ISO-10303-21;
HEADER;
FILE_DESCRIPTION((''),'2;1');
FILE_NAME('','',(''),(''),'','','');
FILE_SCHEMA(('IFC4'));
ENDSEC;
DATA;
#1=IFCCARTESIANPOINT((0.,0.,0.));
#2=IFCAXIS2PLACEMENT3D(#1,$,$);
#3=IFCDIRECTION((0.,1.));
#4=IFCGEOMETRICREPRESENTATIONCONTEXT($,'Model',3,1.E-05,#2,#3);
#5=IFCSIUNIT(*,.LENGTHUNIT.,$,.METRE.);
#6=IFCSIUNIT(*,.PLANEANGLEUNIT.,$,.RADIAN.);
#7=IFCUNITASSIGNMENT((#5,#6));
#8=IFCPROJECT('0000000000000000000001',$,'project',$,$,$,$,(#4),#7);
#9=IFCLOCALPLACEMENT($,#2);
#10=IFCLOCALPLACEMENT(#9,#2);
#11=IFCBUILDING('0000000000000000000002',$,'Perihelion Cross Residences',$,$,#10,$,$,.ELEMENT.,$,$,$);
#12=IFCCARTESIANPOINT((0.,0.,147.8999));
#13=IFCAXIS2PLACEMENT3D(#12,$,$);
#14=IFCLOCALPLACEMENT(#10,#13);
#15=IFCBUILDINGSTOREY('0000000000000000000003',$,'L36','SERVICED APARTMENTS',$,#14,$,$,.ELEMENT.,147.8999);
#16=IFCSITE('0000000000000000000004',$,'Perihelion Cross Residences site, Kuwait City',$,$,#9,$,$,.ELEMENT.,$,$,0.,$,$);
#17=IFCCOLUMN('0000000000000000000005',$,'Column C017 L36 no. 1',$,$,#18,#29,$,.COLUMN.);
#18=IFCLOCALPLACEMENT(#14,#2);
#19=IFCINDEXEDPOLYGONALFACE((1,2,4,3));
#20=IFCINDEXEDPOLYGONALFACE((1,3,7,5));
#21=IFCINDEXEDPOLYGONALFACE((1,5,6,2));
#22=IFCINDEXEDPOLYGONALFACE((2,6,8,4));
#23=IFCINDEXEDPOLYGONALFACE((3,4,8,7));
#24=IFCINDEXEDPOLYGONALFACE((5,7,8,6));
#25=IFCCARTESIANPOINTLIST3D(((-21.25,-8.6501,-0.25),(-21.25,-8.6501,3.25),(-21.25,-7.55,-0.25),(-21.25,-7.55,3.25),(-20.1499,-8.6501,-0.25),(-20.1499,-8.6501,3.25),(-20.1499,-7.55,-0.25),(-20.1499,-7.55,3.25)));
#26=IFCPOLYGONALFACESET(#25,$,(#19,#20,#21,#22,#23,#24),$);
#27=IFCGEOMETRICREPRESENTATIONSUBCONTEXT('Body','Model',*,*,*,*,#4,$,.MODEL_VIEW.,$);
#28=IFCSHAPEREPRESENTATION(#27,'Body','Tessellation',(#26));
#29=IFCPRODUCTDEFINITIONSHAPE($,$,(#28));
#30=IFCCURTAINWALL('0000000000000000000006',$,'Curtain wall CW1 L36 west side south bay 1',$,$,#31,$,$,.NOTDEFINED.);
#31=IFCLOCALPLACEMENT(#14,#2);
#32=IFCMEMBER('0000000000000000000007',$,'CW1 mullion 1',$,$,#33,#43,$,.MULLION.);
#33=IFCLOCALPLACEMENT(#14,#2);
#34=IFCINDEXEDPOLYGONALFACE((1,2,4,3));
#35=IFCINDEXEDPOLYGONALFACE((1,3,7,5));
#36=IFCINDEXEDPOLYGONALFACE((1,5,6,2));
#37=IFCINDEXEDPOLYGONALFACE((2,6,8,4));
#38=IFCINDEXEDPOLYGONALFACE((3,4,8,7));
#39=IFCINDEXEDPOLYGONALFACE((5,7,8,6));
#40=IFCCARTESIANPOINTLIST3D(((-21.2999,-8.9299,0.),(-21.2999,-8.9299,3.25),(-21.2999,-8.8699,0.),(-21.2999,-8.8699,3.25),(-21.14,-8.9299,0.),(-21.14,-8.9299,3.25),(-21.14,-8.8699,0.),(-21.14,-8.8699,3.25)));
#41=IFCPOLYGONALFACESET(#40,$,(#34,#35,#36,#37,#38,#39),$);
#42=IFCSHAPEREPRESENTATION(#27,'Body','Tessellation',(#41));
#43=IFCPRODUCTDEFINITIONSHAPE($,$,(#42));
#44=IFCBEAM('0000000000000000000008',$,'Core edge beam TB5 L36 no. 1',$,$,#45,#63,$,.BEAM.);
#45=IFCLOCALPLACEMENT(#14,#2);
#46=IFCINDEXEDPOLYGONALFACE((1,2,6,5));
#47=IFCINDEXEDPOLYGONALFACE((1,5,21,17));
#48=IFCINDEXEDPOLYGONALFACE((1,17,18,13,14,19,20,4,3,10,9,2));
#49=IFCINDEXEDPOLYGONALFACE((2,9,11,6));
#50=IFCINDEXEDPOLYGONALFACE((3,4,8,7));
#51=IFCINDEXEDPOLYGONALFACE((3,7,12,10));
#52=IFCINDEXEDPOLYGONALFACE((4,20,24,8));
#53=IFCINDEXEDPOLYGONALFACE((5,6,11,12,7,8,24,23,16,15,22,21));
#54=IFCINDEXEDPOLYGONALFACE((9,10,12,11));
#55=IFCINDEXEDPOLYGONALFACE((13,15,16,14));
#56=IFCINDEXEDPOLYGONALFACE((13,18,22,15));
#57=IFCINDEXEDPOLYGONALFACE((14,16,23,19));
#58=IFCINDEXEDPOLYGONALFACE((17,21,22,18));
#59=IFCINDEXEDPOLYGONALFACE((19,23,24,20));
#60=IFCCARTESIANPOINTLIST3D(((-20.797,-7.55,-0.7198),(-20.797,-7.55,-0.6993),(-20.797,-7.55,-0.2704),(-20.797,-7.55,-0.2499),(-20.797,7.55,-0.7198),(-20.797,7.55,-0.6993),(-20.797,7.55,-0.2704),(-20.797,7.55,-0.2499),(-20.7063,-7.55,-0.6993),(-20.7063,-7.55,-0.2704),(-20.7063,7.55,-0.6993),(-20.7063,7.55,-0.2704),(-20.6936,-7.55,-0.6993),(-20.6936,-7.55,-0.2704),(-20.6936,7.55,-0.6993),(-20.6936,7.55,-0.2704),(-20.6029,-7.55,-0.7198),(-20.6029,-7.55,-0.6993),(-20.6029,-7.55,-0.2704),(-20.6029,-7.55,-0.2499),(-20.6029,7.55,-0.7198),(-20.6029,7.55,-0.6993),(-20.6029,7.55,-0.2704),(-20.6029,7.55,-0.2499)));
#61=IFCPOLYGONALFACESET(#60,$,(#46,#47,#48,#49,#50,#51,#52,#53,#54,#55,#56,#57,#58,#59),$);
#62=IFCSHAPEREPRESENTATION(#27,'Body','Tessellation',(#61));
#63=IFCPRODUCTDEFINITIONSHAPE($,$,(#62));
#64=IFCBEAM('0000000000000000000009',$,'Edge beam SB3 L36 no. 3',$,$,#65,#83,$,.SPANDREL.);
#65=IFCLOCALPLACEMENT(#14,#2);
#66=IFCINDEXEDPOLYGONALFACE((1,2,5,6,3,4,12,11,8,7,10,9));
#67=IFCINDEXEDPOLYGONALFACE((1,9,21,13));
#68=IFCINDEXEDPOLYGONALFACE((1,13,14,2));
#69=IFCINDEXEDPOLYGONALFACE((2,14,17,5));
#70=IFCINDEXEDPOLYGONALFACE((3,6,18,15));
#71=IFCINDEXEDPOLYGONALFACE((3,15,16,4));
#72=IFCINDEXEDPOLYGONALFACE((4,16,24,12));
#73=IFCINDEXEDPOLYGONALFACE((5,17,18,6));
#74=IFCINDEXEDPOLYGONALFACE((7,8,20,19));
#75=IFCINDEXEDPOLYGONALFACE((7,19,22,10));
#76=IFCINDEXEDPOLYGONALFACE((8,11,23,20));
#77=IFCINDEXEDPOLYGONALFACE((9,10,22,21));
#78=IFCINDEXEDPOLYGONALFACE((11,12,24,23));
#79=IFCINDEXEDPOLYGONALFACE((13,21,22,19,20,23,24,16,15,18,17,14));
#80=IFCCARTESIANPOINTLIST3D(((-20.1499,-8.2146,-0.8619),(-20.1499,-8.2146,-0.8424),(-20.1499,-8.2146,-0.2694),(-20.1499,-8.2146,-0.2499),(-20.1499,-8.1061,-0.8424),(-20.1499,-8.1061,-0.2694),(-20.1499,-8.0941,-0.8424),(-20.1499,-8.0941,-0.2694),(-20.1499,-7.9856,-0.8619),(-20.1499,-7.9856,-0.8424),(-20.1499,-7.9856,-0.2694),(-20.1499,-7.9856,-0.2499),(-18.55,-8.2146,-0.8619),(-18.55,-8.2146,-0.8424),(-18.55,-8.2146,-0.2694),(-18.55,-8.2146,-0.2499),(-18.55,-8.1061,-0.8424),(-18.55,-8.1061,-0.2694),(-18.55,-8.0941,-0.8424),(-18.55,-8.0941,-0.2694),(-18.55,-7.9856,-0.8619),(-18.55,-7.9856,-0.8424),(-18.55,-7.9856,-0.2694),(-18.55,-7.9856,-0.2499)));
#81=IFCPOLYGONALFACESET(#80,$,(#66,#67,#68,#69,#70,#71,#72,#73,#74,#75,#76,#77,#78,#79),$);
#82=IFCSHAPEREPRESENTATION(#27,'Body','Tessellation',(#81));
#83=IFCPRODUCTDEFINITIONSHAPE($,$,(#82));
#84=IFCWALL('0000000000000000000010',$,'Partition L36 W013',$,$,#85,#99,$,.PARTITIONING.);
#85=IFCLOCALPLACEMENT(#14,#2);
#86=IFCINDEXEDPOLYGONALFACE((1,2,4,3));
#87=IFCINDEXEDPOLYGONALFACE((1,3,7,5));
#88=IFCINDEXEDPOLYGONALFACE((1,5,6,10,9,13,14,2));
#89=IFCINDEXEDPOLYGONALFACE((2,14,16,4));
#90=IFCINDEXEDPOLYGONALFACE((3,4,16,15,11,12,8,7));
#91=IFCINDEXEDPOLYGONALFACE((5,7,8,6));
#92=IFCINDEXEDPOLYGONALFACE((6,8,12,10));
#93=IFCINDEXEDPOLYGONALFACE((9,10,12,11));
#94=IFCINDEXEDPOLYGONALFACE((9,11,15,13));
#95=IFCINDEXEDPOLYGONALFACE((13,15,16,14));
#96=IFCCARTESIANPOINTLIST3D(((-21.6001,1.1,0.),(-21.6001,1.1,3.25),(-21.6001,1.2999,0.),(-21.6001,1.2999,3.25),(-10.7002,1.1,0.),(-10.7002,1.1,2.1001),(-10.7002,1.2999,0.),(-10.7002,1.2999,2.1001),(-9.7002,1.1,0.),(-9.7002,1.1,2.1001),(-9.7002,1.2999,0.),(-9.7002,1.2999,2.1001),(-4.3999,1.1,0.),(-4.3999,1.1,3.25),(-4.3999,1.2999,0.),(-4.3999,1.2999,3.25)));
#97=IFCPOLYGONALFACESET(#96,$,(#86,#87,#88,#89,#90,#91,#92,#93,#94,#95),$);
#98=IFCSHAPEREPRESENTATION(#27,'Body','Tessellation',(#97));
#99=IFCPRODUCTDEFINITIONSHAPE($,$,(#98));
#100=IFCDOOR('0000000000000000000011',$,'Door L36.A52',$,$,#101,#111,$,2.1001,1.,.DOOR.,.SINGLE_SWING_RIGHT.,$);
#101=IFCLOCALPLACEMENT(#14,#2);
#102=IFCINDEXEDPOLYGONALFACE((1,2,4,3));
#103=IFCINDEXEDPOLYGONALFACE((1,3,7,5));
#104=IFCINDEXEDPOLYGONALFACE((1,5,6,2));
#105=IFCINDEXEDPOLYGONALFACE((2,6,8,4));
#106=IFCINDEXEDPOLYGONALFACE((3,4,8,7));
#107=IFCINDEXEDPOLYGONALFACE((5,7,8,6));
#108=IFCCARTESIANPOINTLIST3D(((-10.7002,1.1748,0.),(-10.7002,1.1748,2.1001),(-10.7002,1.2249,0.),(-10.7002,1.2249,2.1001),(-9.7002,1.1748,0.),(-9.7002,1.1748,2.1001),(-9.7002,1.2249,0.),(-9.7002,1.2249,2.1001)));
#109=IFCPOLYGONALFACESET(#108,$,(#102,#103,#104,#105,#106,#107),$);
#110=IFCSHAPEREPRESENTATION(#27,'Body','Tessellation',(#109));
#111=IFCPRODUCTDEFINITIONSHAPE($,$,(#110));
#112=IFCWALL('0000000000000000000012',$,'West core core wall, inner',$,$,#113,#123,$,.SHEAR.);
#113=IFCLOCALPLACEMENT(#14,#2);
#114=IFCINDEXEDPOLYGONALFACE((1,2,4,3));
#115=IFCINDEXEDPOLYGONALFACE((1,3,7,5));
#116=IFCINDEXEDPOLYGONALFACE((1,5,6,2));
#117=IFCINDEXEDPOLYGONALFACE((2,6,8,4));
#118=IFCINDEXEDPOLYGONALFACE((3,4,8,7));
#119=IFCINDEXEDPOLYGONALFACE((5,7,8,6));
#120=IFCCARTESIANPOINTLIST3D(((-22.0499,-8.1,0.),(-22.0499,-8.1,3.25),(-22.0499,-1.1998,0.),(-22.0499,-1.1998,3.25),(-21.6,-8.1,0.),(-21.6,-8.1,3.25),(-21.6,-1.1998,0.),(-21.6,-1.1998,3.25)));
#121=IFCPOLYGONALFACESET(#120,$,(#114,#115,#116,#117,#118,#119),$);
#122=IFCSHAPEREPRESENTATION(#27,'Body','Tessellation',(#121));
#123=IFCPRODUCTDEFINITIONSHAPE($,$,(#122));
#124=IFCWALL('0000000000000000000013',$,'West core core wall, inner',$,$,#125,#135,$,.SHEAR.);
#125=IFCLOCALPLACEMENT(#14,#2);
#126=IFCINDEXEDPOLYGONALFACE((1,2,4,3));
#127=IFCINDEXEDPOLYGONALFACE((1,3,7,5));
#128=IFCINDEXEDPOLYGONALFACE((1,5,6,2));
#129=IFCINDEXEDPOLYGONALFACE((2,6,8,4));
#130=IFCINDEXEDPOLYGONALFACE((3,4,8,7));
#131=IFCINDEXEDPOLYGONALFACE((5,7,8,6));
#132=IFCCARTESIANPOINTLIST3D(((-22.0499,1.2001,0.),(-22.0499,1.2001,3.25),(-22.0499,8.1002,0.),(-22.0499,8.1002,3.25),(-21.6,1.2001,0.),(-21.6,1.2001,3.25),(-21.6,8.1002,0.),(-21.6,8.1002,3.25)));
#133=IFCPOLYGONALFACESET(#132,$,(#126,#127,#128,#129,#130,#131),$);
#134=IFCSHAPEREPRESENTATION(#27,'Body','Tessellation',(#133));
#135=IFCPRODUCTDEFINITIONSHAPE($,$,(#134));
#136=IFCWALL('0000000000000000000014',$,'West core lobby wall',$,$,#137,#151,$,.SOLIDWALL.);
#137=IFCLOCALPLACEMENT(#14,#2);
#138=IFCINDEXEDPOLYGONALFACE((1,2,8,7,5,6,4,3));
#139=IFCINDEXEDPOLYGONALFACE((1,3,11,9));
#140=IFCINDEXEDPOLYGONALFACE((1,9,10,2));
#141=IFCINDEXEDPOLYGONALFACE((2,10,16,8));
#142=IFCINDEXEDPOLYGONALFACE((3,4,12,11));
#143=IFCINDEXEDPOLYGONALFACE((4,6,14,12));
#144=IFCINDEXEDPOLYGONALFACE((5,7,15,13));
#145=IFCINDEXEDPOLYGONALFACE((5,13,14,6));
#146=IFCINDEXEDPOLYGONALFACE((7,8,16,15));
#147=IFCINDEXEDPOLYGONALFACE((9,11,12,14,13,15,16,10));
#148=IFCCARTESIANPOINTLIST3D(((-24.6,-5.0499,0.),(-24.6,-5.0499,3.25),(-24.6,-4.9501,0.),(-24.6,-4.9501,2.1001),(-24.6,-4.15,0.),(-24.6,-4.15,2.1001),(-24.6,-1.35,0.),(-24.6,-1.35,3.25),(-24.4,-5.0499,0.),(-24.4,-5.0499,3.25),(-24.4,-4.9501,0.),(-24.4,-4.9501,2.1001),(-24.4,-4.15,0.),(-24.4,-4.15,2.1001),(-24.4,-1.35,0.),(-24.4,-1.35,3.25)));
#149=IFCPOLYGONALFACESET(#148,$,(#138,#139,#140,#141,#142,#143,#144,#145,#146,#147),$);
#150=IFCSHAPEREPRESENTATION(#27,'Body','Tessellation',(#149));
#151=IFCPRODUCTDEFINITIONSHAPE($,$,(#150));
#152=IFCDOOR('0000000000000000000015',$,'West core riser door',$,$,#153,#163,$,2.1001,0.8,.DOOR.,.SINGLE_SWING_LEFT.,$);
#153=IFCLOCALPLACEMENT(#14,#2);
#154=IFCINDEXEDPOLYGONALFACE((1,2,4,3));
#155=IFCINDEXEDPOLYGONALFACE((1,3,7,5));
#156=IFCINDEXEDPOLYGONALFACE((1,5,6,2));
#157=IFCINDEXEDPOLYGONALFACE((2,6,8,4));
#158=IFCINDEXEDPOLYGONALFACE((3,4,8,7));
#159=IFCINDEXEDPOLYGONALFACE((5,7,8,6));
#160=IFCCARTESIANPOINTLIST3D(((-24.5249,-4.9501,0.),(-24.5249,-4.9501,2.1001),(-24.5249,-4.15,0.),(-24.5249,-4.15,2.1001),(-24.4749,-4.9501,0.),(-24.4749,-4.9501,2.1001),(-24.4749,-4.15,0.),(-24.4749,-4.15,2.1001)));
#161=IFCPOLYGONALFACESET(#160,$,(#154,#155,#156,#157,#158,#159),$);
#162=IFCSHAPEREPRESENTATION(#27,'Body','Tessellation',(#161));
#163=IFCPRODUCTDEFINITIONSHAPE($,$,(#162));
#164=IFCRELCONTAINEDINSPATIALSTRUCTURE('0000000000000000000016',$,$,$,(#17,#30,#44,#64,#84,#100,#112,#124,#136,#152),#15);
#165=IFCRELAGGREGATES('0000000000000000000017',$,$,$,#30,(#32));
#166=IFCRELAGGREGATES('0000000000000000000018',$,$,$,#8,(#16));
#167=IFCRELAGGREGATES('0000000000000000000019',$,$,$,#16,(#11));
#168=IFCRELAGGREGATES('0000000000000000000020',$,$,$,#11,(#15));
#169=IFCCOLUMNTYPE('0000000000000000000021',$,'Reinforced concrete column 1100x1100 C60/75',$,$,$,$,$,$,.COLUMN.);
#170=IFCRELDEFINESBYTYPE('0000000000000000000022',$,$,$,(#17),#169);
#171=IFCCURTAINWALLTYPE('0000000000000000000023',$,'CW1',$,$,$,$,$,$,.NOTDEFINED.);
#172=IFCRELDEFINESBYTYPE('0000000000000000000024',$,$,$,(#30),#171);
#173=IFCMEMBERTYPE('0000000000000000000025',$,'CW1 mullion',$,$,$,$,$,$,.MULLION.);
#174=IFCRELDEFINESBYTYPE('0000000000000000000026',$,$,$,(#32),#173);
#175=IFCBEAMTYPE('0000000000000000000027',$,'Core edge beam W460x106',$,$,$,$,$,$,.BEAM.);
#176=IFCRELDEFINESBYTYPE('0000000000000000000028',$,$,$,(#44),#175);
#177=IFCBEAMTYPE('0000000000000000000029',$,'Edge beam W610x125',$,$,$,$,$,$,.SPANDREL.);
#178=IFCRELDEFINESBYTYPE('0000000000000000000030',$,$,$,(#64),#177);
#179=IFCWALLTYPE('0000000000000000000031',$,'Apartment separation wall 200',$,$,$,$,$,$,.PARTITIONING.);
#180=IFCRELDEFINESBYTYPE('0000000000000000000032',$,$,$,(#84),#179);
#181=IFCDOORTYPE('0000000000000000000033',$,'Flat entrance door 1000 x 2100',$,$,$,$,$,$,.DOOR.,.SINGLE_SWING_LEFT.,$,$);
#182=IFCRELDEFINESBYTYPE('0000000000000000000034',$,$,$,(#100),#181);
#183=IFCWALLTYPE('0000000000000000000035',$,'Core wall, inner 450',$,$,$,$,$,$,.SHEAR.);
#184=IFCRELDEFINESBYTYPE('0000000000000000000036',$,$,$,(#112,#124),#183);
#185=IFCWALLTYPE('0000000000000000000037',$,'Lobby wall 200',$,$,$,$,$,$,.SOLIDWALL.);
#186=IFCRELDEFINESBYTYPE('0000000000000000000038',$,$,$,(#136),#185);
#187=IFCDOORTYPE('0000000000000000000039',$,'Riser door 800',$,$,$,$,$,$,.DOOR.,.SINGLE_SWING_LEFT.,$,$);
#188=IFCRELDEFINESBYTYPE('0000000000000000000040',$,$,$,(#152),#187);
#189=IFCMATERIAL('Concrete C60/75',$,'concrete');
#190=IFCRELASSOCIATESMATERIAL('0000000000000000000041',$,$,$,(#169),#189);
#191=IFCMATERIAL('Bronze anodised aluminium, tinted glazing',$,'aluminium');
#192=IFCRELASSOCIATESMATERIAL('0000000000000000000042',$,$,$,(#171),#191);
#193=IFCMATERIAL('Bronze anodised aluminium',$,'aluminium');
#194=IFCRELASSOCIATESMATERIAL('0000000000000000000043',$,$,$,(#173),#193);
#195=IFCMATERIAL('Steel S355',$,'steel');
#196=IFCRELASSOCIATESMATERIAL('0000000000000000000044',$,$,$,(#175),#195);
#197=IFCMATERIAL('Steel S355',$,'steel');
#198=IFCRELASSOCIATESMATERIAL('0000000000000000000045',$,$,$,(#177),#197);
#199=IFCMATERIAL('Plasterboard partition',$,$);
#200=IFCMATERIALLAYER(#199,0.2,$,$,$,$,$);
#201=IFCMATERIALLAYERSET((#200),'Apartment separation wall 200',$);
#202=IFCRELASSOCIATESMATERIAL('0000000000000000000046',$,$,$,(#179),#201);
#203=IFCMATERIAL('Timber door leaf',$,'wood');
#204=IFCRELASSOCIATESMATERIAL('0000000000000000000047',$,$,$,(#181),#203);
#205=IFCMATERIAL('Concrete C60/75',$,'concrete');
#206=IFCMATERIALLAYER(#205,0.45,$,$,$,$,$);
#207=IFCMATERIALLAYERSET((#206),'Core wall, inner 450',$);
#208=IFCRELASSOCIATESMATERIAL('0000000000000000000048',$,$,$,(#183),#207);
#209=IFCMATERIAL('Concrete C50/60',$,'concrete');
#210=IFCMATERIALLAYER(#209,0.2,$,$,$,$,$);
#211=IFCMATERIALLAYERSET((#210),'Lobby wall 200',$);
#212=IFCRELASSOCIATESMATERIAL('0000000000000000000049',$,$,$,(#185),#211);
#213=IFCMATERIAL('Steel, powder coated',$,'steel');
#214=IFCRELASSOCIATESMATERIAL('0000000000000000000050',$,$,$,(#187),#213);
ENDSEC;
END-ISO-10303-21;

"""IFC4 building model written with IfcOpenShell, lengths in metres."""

from ifc_helpers import new_model, si_unit, direction, frame, frame_2d, origin, origin_2d, place, context, subcontext, project, spatial, rectangle, i_section, extrude, material, layer, layer_set, material_profile, profile_set, type_object, element, fill, aggregate, save


model = new_model("IFC4")

# Units and contexts
model_context = context("Model", 3, precision=1e-05, world=origin(), true_north=direction((0.0, 1.0)))
body_context = subcontext(model_context, "Body", "Model", "MODEL_VIEW")
ifc_project = project(units=[si_unit("LENGTHUNIT", "METRE"), si_unit("PLANEANGLEUNIT", "RADIAN")], contexts=[model_context])

# Site, building, storey
site_placement = place(None, origin())
site = spatial("IfcSite", under=ifc_project, at=site_placement, Name="Perihelion Cross Residences site, Kuwait City", CompositionType="ELEMENT", RefElevation=0.0)
building_placement = place(site_placement, origin())
building = spatial("IfcBuilding", under=site, at=building_placement, Name="Perihelion Cross Residences", CompositionType="ELEMENT")
storey_placement = place(building_placement, frame((0.0, 0.0, 147.8999)))
storey = spatial("IfcBuildingStorey", under=building, at=storey_placement, Name="L36", Description="SERVICED APARTMENTS", CompositionType="ELEMENT", Elevation=147.8999)

# Column
ifc_material_1 = material(Name="Concrete C60/75", Category="concrete")
ifc_material_profile_1 = material_profile(ifc_material_1, rectangle(XDim=1.1001, YDim=1.1001, at=origin_2d()), Name="RC 1100x1100")
ifc_profile_set_1 = profile_set([ifc_material_profile_1], Name="Concrete C60/75")
column_type = type_object("IfcColumnType", Name="Reinforced concrete column 1100x1100 C60/75", PredefinedType="COLUMN", material=ifc_profile_set_1)
column_placement = place(storey_placement, frame((-20.7, -8.1001, -0.25), z_axis=(0.0, 0.0, 1.0), x_axis=(1.0, 0.0, 0.0)))
element("IfcColumn", 1, at=column_placement, inside=storey, type_object=column_type, Name="Column C017 L36 no. 1", PredefinedType="COLUMN", context=body_context, shape_type="SweptSolid", body=[
    extrude(rectangle(XDim=1.1001, YDim=1.1001, at=origin_2d()), origin(), (0.0, 0.0, 1.0), 3.5),
])

# Curtain wall, member
ifc_material_2 = material(Name="Bronze anodised aluminium, tinted glazing", Category="aluminium")
curtain_wall_type = type_object("IfcCurtainWallType", Name="CW1", PredefinedType="NOTDEFINED", material=ifc_material_2)
curtain_wall_placement = place(storey_placement, origin())
curtain_wall = element("IfcCurtainWall", 2, at=curtain_wall_placement, inside=storey, type_object=curtain_wall_type, Name="Curtain wall CW1 L36 west side south bay 1", PredefinedType="NOTDEFINED")
ifc_material_3 = material(Name="Bronze anodised aluminium", Category="aluminium")
ifc_material_profile_2 = material_profile(ifc_material_3, rectangle(XDim=0.0601, YDim=0.1599, at=origin_2d()), Name="CW1 mullion")
ifc_profile_set_2 = profile_set([ifc_material_profile_2], Name="Bronze anodised aluminium")
member_type = type_object("IfcMemberType", Name="CW1 mullion", PredefinedType="MULLION", material=ifc_profile_set_2)
member_placement = place(storey_placement, frame((-21.22, -8.8999, 0.0), z_axis=(0.0, 0.0, 1.0), x_axis=(0.0, 1.0, 0.0)))
member = element("IfcMember", 3, at=member_placement, type_object=member_type, Name="CW1 mullion 1", PredefinedType="MULLION", context=body_context, shape_type="SweptSolid", body=[
    extrude(rectangle(XDim=0.0601, YDim=0.1599, at=origin_2d()), origin(), (0.0, 0.0, 1.0), 3.25),
])
aggregate(curtain_wall, [member])

# Beams
ifc_material_4 = material(Name="Steel S355", Category="steel")
ifc_material_profile_3 = material_profile(ifc_material_4, i_section(OverallWidth=0.1941, OverallDepth=0.47, WebThickness=0.0127, FlangeThickness=0.0205, at=origin_2d()), Name="W460x106")
ifc_profile_set_3 = profile_set([ifc_material_profile_3], Name="Steel S355")
beam_type_1 = type_object("IfcBeamType", Name="Core edge beam W460x106", PredefinedType="BEAM", material=ifc_profile_set_3)
beam_1_placement = place(storey_placement, frame((-20.7, -7.55, -0.4849), z_axis=(0.0, 1.0, 0.0), x_axis=(-1.0, 0.0, 0.0)))
element("IfcBeam", 4, at=beam_1_placement, inside=storey, type_object=beam_type_1, Name="Core edge beam TB5 L36 no. 1", PredefinedType="BEAM", context=body_context, shape_type="SweptSolid", body=[
    extrude(i_section(OverallWidth=0.1941, OverallDepth=0.47, WebThickness=0.0127, FlangeThickness=0.0205, at=origin_2d()), origin(), (0.0, 0.0, 1.0), 15.1001),
])
ifc_material_5 = material(Name="Steel S355", Category="steel")
ifc_material_profile_4 = material_profile(ifc_material_5, i_section(OverallWidth=0.229, OverallDepth=0.6121, WebThickness=0.012, FlangeThickness=0.0195, at=origin_2d()), Name="W610x125")
ifc_profile_set_4 = profile_set([ifc_material_profile_4], Name="Steel S355")
beam_type_2 = type_object("IfcBeamType", Name="Edge beam W610x125", PredefinedType="SPANDREL", material=ifc_profile_set_4)
beam_2_placement = place(storey_placement, frame((-20.1499, -8.1001, -0.5559), z_axis=(1.0, 0.0, 0.0), x_axis=(0.0, 1.0, 0.0)))
element("IfcBeam", 5, at=beam_2_placement, inside=storey, type_object=beam_type_2, Name="Edge beam SB3 L36 no. 3", PredefinedType="SPANDREL", context=body_context, shape_type="SweptSolid", body=[
    extrude(i_section(OverallWidth=0.229, OverallDepth=0.6121, WebThickness=0.012, FlangeThickness=0.0195, at=origin_2d()), origin(), (0.0, 0.0, 1.0), 1.5999),
])

# Wall, opening, door
ifc_material_6 = material(Name="Plasterboard partition")
ifc_layer_1 = layer(ifc_material_6, 0.2)
ifc_layer_set_1 = layer_set([ifc_layer_1], Name="Apartment separation wall 200")
wall_type_1 = type_object("IfcWallType", Name="Apartment separation wall 200", PredefinedType="PARTITIONING", material=ifc_layer_set_1)
wall_1_placement = place(storey_placement, frame((-21.6001, 1.2, 0.0), z_axis=(0.0, 0.0, 1.0), x_axis=(1.0, 0.0, 0.0)))
wall_1 = element("IfcWall", 6, at=wall_1_placement, inside=storey, type_object=wall_type_1, Name="Partition L36 W013", PredefinedType="PARTITIONING", context=body_context, shape_type="SweptSolid", body=[
    extrude(rectangle(XDim=17.2002, YDim=0.2, at=frame_2d((8.6001, 0.0))), origin(), (0.0, 0.0, 1.0), 3.25),
])
opening_1_placement = place(wall_1_placement, frame((10.8999, 0.0, 0.0)))
opening_1 = element("IfcOpeningElement", 7, at=opening_1_placement, cuts=wall_1, PredefinedType="OPENING", context=body_context, shape_type="SweptSolid", body=[
    extrude(rectangle(XDim=1.0, YDim=2.1001, at=frame_2d((0.5, 1.05))), frame((0.0, 0.1099, 0.0), z_axis=(0.0, -1.0, 0.0), x_axis=(1.0, 0.0, 0.0)), (0.0, 0.0, 1.0), 0.22),
])
ifc_material_7 = material(Name="Timber door leaf", Category="wood")
door_type_1 = type_object("IfcDoorType", Name="Flat entrance door 1000 x 2100", OperationType="SINGLE_SWING_LEFT", PredefinedType="DOOR", material=ifc_material_7)
door_1_placement = place(opening_1_placement, origin())
door_1 = element("IfcDoor", 8, at=door_1_placement, inside=storey, type_object=door_type_1, Name="Door L36.A52", OperationType="SINGLE_SWING_RIGHT", OverallHeight=2.1001, OverallWidth=1.0, PredefinedType="DOOR", context=body_context, shape_type="SweptSolid", body=[
    extrude(rectangle(XDim=1.0, YDim=2.1001, at=frame_2d((0.5, 1.05))), frame((0.0, 0.0249, 0.0), z_axis=(0.0, -1.0, 0.0), x_axis=(1.0, 0.0, 0.0)), (0.0, 0.0, 1.0), 0.05),
])
fill(opening_1, door_1)

# Walls
ifc_material_8 = material(Name="Concrete C60/75", Category="concrete")
ifc_layer_2 = layer(ifc_material_8, 0.45)
ifc_layer_set_2 = layer_set([ifc_layer_2], Name="Core wall, inner 450")
wall_type_2 = type_object("IfcWallType", Name="Core wall, inner 450", PredefinedType="SHEAR", material=ifc_layer_set_2)
for number, where, z_axis, x_axis, name in (
    (9, (-21.825, -8.1001, 0.0), (0.0, 0.0, 1.0), (0.0, 1.0, 0.0), "West core core wall, inner"),
    (10, (-21.825, 1.2, 0.0), (0.0, 0.0, 1.0), (0.0, 1.0, 0.0), "West core core wall, inner"),
):
    element("IfcWall", number, at=place(storey_placement, frame(where, z_axis=z_axis, x_axis=x_axis)), inside=storey, type_object=wall_type_2, Name=name, PredefinedType="SHEAR", context=body_context, shape_type="SweptSolid", body=[
        extrude(rectangle(XDim=6.9001, YDim=0.45, at=frame_2d((3.4502, 0.0))), origin(), (0.0, 0.0, 1.0), 3.25),
    ])

# Wall, opening, door
ifc_material_9 = material(Name="Concrete C50/60", Category="concrete")
ifc_layer_3 = layer(ifc_material_9, 0.2)
ifc_layer_set_3 = layer_set([ifc_layer_3], Name="Lobby wall 200")
wall_type_3 = type_object("IfcWallType", Name="Lobby wall 200", PredefinedType="SOLIDWALL", material=ifc_layer_set_3)
wall_2_placement = place(storey_placement, frame((-24.5, -5.05, 0.0), z_axis=(0.0, 0.0, 1.0), x_axis=(0.0, 1.0, 0.0)))
wall_2 = element("IfcWall", 11, at=wall_2_placement, inside=storey, type_object=wall_type_3, Name="West core lobby wall", PredefinedType="SOLIDWALL", context=body_context, shape_type="SweptSolid", body=[
    extrude(rectangle(XDim=3.7, YDim=0.2, at=frame_2d((1.8501, 0.0))), origin(), (0.0, 0.0, 1.0), 3.25),
])
opening_2_placement = place(wall_2_placement, frame((0.1001, 0.0, 0.0)))
opening_2 = element("IfcOpeningElement", 12, at=opening_2_placement, cuts=wall_2, PredefinedType="OPENING", context=body_context, shape_type="SweptSolid", body=[
    extrude(rectangle(XDim=0.8, YDim=2.1001, at=frame_2d((0.3999, 1.05))), frame((0.0, 0.1099, 0.0), z_axis=(0.0, -1.0, 0.0), x_axis=(1.0, 0.0, 0.0)), (0.0, 0.0, 1.0), 0.22),
])
ifc_material_10 = material(Name="Steel, powder coated", Category="steel")
door_type_2 = type_object("IfcDoorType", Name="Riser door 800", OperationType="SINGLE_SWING_LEFT", PredefinedType="DOOR", material=ifc_material_10)
door_2_placement = place(opening_2_placement, origin())
door_2 = element("IfcDoor", 13, at=door_2_placement, inside=storey, type_object=door_type_2, Name="West core riser door", OperationType="SINGLE_SWING_LEFT", OverallHeight=2.1001, OverallWidth=0.8, PredefinedType="DOOR", context=body_context, shape_type="SweptSolid", body=[
    extrude(rectangle(XDim=0.8, YDim=2.1001, at=frame_2d((0.3999, 1.05))), frame((0.0, 0.0249, 0.0), z_axis=(0.0, -1.0, 0.0), x_axis=(1.0, 0.0, 0.0)), (0.0, 0.0, 1.0), 0.05),
])
fill(opening_2, door_2)

save(model, "model.ifc")
